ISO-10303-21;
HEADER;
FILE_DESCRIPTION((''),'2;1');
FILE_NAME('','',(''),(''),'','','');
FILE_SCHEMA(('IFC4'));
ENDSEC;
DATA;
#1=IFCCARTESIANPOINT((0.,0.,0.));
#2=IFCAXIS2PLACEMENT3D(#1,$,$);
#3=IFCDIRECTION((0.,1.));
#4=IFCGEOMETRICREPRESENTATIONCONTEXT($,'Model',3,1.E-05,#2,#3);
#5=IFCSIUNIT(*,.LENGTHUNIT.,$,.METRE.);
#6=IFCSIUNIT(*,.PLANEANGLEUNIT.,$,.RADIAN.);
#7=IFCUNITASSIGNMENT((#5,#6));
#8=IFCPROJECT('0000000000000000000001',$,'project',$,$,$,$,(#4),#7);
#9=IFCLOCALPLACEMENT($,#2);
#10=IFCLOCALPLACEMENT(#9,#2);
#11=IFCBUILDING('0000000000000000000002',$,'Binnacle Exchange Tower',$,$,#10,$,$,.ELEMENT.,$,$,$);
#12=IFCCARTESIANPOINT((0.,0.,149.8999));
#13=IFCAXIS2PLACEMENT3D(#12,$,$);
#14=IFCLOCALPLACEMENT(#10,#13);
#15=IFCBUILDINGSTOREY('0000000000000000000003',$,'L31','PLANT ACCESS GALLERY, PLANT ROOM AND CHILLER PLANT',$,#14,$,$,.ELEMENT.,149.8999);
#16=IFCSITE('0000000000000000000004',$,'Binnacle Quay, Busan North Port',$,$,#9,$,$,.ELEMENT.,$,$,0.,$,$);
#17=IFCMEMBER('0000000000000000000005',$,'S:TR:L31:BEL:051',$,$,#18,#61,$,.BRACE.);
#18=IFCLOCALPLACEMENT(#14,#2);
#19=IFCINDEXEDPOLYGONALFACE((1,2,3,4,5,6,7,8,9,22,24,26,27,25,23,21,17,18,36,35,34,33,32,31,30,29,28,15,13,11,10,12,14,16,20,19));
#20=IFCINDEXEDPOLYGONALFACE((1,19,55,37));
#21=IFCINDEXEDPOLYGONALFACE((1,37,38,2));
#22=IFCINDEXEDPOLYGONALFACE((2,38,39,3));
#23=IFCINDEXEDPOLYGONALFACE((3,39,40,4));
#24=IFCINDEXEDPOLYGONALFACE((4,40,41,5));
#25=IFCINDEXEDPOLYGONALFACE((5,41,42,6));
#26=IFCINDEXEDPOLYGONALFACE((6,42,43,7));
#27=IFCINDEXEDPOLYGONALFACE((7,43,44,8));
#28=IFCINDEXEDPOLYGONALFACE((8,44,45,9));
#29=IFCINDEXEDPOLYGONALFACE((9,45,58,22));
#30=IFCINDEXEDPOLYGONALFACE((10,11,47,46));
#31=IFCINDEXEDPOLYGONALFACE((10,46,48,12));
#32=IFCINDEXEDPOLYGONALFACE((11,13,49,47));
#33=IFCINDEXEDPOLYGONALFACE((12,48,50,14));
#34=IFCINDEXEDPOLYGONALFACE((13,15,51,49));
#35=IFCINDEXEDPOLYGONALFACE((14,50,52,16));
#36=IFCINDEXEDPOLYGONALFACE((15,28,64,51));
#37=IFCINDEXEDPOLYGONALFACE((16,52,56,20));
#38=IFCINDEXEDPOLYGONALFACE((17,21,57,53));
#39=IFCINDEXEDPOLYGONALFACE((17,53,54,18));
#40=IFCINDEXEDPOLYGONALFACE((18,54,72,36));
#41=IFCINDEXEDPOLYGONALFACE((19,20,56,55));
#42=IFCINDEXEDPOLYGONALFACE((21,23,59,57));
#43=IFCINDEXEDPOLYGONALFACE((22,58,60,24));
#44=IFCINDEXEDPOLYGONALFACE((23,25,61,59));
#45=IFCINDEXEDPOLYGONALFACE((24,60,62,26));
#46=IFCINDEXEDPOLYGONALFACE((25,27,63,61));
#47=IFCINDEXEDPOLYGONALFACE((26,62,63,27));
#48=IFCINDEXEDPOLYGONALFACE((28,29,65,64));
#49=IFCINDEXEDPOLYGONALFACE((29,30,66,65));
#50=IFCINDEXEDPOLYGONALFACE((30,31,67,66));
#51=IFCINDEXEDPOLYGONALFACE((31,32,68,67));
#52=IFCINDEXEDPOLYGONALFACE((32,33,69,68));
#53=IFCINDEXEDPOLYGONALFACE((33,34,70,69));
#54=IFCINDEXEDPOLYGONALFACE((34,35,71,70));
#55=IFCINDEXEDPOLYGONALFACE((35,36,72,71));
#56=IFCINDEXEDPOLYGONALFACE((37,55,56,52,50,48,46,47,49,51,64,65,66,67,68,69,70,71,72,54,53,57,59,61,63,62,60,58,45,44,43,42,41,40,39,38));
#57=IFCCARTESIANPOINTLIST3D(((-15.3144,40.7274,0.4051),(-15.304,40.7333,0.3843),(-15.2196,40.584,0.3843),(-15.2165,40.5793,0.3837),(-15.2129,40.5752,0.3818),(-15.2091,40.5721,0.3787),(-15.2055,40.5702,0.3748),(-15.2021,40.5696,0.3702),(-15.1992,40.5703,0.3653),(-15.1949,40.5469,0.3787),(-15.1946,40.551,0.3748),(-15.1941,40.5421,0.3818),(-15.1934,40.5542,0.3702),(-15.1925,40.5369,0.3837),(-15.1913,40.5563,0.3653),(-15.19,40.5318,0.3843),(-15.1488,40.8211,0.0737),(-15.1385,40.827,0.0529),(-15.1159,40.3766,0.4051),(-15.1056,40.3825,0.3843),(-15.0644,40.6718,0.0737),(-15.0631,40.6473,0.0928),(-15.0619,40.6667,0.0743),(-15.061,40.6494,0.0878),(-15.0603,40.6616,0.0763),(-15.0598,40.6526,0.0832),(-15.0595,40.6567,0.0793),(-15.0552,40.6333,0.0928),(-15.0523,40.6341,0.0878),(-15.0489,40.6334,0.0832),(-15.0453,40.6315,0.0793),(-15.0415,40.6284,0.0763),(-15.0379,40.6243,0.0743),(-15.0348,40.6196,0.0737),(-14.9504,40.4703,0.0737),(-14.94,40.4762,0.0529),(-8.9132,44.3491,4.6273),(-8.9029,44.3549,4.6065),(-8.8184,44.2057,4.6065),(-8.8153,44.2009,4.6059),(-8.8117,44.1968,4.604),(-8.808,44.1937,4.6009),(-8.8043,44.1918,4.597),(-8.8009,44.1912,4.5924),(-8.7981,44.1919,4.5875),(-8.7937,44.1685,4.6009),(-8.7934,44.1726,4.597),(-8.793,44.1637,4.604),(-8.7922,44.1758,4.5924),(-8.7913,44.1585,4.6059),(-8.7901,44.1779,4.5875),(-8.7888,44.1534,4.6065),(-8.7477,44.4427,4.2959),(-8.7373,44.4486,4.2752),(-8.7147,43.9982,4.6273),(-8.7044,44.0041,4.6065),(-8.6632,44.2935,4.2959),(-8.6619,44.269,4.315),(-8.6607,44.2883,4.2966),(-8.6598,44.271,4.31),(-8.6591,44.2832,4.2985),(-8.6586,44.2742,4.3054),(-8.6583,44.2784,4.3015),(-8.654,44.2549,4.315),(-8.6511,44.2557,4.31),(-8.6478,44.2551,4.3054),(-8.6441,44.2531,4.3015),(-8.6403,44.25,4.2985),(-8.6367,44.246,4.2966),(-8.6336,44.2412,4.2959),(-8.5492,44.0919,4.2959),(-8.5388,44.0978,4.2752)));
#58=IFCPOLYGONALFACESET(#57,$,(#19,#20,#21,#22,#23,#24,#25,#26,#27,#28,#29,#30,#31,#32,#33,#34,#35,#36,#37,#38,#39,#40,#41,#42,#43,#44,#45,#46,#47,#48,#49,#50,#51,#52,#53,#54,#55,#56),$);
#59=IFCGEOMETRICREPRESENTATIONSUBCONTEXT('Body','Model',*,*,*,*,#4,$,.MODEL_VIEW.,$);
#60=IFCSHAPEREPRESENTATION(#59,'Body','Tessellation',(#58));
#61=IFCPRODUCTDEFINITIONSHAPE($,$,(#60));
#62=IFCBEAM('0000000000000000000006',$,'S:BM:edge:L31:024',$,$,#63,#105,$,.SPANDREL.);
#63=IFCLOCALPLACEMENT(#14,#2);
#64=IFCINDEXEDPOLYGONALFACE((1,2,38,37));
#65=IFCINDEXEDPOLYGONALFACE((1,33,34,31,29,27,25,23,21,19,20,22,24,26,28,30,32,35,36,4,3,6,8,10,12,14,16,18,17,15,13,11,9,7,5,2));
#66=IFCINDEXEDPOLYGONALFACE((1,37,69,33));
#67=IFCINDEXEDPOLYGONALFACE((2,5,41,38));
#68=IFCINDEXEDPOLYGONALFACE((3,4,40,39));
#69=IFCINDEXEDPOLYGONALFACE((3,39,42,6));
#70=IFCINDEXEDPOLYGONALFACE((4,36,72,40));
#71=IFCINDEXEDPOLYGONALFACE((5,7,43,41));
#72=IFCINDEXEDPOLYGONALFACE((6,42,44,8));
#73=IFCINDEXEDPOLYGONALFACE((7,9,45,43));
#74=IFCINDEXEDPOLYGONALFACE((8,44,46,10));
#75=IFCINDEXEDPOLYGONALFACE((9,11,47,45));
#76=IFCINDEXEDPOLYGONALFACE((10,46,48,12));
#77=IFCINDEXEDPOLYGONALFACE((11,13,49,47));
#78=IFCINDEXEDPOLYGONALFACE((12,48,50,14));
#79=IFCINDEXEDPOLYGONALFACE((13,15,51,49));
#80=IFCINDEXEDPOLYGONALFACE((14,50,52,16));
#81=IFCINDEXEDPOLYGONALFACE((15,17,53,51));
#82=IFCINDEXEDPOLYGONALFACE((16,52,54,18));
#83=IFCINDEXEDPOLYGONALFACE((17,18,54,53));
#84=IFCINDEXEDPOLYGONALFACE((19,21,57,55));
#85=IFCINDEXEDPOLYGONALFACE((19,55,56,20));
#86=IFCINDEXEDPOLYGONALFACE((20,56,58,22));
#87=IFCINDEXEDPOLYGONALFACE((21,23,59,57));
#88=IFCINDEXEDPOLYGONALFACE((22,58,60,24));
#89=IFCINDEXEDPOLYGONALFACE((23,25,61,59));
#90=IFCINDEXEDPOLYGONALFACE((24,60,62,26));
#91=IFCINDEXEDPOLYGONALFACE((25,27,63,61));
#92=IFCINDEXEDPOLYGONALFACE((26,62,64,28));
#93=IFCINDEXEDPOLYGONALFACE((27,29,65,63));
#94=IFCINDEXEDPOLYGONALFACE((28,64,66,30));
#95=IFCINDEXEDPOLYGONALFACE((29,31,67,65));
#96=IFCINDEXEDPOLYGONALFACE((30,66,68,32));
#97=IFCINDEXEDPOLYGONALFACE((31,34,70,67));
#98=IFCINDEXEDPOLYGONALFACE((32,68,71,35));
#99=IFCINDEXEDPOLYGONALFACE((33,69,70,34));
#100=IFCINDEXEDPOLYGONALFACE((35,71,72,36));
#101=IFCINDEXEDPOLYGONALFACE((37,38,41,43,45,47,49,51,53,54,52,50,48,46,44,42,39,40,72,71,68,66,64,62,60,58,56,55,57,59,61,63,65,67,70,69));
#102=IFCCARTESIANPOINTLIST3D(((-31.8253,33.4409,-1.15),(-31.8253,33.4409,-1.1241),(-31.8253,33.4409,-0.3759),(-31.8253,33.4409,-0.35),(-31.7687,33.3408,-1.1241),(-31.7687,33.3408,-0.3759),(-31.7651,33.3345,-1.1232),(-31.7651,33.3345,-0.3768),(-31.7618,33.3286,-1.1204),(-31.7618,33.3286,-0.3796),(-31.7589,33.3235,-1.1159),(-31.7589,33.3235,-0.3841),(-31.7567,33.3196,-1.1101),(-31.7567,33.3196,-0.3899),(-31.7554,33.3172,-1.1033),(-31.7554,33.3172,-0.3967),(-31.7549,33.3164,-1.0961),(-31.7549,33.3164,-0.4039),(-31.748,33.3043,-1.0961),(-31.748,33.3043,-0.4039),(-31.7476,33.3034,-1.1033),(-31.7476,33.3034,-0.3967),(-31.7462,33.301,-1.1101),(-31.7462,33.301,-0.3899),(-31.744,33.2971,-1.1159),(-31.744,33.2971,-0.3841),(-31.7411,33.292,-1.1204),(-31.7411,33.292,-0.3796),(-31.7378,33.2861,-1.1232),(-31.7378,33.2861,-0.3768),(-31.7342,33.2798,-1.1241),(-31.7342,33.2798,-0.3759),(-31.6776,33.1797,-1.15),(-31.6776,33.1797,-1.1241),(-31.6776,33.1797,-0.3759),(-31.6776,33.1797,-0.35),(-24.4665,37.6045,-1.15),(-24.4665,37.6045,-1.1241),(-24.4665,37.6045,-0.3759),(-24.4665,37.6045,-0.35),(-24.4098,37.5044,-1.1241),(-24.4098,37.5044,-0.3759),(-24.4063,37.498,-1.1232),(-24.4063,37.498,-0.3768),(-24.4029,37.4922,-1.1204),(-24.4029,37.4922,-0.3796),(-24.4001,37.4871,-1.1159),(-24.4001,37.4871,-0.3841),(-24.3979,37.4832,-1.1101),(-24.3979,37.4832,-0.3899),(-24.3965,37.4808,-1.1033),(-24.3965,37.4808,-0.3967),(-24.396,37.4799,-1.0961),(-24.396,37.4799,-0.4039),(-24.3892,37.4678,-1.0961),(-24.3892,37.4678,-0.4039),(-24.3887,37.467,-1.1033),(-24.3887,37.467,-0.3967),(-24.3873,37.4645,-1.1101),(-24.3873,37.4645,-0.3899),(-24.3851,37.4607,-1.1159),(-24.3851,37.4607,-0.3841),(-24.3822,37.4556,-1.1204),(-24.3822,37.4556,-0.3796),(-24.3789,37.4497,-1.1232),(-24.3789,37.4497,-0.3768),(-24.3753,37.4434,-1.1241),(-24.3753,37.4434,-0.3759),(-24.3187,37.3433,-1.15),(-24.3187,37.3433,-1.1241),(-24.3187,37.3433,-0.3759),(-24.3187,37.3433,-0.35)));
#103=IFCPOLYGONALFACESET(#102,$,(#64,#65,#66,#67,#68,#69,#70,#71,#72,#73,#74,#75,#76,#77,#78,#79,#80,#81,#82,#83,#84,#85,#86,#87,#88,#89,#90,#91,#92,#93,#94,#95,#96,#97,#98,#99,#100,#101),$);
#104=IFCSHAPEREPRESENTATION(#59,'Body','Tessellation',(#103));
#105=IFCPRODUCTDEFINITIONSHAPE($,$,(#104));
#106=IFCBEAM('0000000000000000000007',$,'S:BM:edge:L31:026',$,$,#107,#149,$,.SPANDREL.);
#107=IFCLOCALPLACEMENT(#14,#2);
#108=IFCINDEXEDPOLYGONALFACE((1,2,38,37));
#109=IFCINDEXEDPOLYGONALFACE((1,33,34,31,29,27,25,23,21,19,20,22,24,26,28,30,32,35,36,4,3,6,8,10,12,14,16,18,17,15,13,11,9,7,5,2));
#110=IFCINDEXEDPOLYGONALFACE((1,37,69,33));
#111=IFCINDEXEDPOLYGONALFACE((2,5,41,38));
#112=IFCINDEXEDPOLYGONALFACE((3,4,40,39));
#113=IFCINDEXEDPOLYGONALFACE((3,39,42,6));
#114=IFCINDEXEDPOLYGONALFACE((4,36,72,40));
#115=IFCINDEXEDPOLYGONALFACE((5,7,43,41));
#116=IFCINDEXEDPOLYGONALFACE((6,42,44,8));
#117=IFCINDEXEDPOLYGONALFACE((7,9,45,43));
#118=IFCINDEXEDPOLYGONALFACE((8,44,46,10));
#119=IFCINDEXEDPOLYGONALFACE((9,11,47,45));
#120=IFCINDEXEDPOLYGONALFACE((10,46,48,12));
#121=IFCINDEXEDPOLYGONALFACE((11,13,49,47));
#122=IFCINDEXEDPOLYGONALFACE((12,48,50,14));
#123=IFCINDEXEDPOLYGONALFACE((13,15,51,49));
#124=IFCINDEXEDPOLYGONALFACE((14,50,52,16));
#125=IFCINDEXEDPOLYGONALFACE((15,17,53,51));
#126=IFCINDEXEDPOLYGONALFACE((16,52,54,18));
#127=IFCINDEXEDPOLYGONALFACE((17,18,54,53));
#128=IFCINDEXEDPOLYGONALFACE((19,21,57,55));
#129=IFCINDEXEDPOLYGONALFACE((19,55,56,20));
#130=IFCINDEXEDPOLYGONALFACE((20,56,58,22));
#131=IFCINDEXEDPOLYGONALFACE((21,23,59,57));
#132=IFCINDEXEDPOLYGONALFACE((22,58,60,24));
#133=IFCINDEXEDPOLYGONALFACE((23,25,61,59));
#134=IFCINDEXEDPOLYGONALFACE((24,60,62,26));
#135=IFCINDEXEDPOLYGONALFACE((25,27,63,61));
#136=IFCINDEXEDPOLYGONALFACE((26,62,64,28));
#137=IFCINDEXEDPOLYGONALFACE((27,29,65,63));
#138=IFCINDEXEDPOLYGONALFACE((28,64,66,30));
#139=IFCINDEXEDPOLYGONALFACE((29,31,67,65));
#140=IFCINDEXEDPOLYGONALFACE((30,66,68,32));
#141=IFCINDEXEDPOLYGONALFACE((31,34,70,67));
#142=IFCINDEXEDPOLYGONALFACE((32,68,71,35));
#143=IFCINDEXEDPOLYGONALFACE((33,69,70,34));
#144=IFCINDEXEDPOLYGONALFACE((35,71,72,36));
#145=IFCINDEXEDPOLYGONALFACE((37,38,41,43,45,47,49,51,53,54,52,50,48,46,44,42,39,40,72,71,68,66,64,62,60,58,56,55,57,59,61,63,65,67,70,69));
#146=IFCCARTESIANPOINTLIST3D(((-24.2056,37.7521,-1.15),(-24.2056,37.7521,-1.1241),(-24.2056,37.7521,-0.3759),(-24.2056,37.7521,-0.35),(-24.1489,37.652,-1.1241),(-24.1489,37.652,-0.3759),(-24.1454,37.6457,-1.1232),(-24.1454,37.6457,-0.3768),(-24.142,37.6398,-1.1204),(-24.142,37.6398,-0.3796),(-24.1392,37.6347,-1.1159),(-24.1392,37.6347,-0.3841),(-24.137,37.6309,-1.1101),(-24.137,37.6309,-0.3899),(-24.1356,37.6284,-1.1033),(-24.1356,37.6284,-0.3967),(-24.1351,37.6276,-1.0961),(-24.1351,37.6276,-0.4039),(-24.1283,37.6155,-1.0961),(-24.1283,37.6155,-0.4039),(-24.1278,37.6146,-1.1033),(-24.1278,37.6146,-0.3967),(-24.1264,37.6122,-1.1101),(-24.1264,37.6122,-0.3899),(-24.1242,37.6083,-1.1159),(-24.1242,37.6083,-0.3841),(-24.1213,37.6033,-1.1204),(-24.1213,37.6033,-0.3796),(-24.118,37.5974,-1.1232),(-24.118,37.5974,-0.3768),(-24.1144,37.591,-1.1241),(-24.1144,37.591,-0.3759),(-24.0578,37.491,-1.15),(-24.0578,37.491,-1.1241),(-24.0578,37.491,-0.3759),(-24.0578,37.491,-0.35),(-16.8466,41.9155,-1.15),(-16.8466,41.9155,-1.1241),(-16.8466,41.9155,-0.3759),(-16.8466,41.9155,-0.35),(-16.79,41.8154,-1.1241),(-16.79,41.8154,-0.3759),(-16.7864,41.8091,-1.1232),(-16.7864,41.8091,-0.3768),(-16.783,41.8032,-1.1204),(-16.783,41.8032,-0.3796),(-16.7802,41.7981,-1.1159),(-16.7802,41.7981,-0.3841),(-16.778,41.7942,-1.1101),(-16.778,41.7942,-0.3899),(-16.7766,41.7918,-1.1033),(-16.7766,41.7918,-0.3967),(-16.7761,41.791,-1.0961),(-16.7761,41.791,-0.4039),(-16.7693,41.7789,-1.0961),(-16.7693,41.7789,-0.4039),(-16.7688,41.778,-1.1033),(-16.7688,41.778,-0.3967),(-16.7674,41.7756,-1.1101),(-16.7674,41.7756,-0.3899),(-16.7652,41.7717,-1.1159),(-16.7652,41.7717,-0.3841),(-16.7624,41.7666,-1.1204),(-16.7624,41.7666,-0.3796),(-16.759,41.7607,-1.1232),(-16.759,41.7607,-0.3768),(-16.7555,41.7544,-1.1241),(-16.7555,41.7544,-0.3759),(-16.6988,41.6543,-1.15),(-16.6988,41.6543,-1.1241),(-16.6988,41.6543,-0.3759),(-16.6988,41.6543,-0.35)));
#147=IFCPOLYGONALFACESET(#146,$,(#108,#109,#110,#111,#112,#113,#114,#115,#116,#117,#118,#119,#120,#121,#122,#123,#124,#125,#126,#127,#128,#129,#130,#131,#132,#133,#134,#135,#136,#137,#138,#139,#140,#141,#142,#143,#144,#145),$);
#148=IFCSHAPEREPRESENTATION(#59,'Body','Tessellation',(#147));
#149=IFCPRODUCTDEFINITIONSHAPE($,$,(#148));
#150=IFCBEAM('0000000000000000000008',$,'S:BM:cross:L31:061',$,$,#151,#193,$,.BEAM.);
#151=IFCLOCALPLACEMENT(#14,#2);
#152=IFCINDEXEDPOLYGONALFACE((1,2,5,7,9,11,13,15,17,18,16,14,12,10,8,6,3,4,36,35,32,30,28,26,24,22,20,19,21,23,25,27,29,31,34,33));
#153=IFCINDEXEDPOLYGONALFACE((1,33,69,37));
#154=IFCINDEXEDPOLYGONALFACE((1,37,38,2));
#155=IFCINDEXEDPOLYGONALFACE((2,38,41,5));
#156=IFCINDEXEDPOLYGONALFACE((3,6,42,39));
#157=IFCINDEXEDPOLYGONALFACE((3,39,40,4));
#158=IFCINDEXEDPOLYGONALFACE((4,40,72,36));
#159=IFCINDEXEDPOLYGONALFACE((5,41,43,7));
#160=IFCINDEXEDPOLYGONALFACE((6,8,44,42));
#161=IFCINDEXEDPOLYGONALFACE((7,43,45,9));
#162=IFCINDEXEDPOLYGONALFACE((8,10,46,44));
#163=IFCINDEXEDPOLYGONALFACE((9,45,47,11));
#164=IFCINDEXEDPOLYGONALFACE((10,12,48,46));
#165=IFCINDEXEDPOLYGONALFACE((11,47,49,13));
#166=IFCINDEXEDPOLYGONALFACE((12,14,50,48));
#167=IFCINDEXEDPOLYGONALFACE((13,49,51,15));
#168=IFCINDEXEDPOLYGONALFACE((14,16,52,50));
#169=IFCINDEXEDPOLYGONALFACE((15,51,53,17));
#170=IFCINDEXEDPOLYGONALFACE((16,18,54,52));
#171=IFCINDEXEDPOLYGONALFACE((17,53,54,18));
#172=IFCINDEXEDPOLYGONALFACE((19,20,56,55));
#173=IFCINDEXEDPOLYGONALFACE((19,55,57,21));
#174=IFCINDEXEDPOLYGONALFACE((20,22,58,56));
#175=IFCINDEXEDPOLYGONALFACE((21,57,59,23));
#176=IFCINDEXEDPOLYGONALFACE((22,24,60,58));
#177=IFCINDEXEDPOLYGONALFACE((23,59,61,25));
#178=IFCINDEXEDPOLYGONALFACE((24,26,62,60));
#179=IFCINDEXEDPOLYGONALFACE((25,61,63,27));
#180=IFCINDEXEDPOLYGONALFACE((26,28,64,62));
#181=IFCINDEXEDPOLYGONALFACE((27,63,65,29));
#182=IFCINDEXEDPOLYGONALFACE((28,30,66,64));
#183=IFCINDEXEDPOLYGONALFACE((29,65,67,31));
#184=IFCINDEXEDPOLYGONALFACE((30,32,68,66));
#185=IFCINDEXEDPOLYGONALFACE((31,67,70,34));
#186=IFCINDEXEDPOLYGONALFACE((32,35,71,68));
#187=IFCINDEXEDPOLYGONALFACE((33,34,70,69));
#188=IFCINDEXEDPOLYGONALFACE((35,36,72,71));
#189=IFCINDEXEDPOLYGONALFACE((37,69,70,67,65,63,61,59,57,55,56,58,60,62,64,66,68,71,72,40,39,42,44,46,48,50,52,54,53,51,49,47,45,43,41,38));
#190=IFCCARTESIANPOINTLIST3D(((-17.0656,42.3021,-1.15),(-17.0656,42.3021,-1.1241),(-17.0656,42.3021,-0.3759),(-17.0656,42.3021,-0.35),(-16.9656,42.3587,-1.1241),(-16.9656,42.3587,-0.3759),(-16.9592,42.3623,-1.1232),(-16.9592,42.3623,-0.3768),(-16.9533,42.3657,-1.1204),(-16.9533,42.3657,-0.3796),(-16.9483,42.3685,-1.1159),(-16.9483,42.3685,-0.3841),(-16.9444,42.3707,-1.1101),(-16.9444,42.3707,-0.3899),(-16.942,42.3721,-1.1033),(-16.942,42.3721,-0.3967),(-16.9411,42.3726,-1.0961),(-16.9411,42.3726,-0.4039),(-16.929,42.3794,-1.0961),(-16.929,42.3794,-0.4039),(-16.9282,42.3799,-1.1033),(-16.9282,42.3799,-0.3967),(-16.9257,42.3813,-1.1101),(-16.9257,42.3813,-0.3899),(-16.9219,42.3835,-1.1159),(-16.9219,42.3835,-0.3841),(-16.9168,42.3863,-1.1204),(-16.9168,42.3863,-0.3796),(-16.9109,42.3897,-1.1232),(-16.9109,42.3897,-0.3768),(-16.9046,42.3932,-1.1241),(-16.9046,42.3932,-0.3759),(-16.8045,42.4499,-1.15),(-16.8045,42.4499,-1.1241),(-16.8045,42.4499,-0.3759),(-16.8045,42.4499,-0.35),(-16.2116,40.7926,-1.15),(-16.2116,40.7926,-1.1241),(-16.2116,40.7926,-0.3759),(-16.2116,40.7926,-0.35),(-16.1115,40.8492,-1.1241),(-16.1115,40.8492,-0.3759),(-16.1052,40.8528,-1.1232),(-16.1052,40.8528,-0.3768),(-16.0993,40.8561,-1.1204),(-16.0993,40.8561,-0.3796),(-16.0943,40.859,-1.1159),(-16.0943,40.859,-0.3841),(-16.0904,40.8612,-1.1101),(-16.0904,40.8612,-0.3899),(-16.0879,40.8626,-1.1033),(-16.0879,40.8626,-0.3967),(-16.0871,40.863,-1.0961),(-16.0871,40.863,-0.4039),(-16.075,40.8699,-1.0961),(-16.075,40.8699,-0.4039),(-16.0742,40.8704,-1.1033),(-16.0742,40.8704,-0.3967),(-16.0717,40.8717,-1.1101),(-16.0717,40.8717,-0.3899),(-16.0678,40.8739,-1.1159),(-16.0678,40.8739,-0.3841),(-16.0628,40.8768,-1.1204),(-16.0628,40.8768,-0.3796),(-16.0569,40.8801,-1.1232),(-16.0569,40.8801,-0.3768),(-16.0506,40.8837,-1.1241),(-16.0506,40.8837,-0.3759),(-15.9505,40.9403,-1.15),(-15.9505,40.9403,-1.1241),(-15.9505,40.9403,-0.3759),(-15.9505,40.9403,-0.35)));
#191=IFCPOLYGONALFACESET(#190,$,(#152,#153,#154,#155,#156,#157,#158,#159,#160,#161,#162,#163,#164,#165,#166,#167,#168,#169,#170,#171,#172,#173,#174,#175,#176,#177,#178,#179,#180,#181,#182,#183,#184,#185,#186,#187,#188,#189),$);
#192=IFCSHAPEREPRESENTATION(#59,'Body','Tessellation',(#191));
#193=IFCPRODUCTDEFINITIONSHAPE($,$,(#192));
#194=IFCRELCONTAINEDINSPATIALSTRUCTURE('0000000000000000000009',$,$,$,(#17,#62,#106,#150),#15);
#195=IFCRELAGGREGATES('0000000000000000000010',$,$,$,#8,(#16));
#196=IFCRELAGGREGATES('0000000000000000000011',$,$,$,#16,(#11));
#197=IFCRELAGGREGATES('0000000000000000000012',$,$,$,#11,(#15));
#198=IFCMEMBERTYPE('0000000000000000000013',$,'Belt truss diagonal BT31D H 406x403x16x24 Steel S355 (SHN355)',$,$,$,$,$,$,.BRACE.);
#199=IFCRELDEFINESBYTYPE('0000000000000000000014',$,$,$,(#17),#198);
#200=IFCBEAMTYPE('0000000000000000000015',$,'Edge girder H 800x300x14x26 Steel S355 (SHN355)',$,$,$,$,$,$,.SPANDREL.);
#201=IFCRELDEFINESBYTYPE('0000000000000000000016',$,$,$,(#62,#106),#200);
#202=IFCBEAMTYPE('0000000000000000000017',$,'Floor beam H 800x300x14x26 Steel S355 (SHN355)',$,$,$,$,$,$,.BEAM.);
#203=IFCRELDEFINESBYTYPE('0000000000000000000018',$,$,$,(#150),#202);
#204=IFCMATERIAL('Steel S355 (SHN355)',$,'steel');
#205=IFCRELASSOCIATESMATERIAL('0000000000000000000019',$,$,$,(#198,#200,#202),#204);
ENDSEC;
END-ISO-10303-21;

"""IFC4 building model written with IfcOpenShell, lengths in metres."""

from ifc_helpers import new_model, si_unit, direction, frame, origin, origin_2d, place, context, subcontext, project, spatial, i_section, extrude, material, material_profile, profile_set, type_object, element, save


model = new_model("IFC4")

# Units and contexts
model_context = context("Model", 3, precision=1e-05, world=origin(), true_north=direction((0.0, 1.0)))
body_context = subcontext(model_context, "Body", "Model", "MODEL_VIEW")
ifc_project = project(units=[si_unit("LENGTHUNIT", "METRE"), si_unit("PLANEANGLEUNIT", "RADIAN")], contexts=[model_context])

# Site, building, storey
site_placement = place(None, origin())
site = spatial("IfcSite", under=ifc_project, at=site_placement, Name="Binnacle Quay, Busan North Port", CompositionType="ELEMENT", RefElevation=0.0)
building_placement = place(site_placement, origin())
building = spatial("IfcBuilding", under=site, at=building_placement, Name="Binnacle Exchange Tower", CompositionType="ELEMENT")
storey_placement = place(building_placement, frame((0.0, 0.0, 149.8999)))
storey = spatial("IfcBuildingStorey", under=building, at=storey_placement, Name="L31", Description="PLANT ACCESS GALLERY, PLANT ROOM AND CHILLER PLANT", CompositionType="ELEMENT", Elevation=149.8999)

# Member
ifc_material_1 = material(Name="Steel S355 (SHN355)", Category="steel")
ifc_material_profile_1 = material_profile(ifc_material_1, i_section(OverallWidth=0.4031, OverallDepth=0.406, WebThickness=0.0161, FlangeThickness=0.0239, FilletRadius=0.022, at=origin_2d()), Name="H 406x403x16x24")
ifc_profile_set_1 = profile_set([ifc_material_profile_1], Name="Steel S355 (SHN355)")
member_type_1 = type_object("IfcMemberType", Name="Belt truss diagonal BT31D H 406x403x16x24 Steel S355 (SHN355)", PredefinedType="BRACE", material=ifc_profile_set_1)
member_1_placement = place(storey_placement, frame((-15.1272, 40.6018, 0.229), z_axis=(0.754815, 0.427054, 0.497875), x_axis=(-0.492424, 0.870356, 0.0)))
element("IfcMember", 1, at=member_1_placement, inside=storey, type_object=member_type_1, Name="S:TR:L31:BEL:051", PredefinedType="BRACE", context=body_context, shape_type="SweptSolid", body=[
    extrude(i_section(OverallWidth=0.4031, OverallDepth=0.406, WebThickness=0.0161, FlangeThickness=0.0239, FilletRadius=0.022, at=origin_2d()), origin(), (0.0, 0.0, 1.0), 8.4805),
])

# Beams
ifc_material_profile_2 = material_profile(ifc_material_1, i_section(OverallWidth=0.3, OverallDepth=0.8, WebThickness=0.0139, FlangeThickness=0.0259, FilletRadius=0.0281, at=origin_2d()), Name="H 800x300x14x26")
ifc_profile_set_2 = profile_set([ifc_material_profile_2], Name="Steel S355 (SHN355)")
beam_type_1 = type_object("IfcBeamType", Name="Edge girder H 800x300x14x26 Steel S355 (SHN355)", PredefinedType="SPANDREL", material=ifc_profile_set_2)
for number, where, z_axis, x_axis, name in (
    (2, (-24.3926, 37.4739, -0.75), (-0.87035, -0.492434, 0.0), (0.492434, -0.87035, 0.0), "S:BM:edge:L31:024"),
    (3, (-16.7727, 41.7849, -0.75), (-0.870362, -0.492412, 0.0), (0.492412, -0.870362, 0.0), "S:BM:edge:L31:026"),
):
    element("IfcBeam", number, at=place(storey_placement, frame(where, z_axis=z_axis, x_axis=x_axis)), inside=storey, type_object=beam_type_1, Name=name, PredefinedType="SPANDREL", context=body_context, shape_type="SweptSolid", body=[
        extrude(i_section(OverallWidth=0.3, OverallDepth=0.8, WebThickness=0.0139, FlangeThickness=0.0259, FilletRadius=0.0281, at=origin_2d()), origin(), (0.0, 0.0, 1.0), 8.4551),
    ])
ifc_material_profile_3 = material_profile(ifc_material_1, i_section(OverallWidth=0.3, OverallDepth=0.8, WebThickness=0.0139, FlangeThickness=0.0259, FilletRadius=0.0281, at=origin_2d()), Name="H 800x300x14x26")
ifc_profile_set_3 = profile_set([ifc_material_profile_3], Name="Steel S355 (SHN355)")
beam_type_2 = type_object("IfcBeamType", Name="Floor beam H 800x300x14x26 Steel S355 (SHN355)", PredefinedType="BEAM", material=ifc_profile_set_3)
beam_placement = place(storey_placement, frame((-16.0811, 40.8665, -0.75), z_axis=(-0.492405, 0.870366, 0.0), x_axis=(-0.870366, -0.492405, 0.0)))
element("IfcBeam", 4, at=beam_placement, inside=storey, type_object=beam_type_2, Name="S:BM:cross:L31:061", PredefinedType="BEAM", context=body_context, shape_type="SweptSolid", body=[
    extrude(i_section(OverallWidth=0.3, OverallDepth=0.8, WebThickness=0.0139, FlangeThickness=0.0259, FilletRadius=0.0281, at=origin_2d()), origin(), (0.0, 0.0, 1.0), 1.7344),
])

save(model, "model.ifc")
